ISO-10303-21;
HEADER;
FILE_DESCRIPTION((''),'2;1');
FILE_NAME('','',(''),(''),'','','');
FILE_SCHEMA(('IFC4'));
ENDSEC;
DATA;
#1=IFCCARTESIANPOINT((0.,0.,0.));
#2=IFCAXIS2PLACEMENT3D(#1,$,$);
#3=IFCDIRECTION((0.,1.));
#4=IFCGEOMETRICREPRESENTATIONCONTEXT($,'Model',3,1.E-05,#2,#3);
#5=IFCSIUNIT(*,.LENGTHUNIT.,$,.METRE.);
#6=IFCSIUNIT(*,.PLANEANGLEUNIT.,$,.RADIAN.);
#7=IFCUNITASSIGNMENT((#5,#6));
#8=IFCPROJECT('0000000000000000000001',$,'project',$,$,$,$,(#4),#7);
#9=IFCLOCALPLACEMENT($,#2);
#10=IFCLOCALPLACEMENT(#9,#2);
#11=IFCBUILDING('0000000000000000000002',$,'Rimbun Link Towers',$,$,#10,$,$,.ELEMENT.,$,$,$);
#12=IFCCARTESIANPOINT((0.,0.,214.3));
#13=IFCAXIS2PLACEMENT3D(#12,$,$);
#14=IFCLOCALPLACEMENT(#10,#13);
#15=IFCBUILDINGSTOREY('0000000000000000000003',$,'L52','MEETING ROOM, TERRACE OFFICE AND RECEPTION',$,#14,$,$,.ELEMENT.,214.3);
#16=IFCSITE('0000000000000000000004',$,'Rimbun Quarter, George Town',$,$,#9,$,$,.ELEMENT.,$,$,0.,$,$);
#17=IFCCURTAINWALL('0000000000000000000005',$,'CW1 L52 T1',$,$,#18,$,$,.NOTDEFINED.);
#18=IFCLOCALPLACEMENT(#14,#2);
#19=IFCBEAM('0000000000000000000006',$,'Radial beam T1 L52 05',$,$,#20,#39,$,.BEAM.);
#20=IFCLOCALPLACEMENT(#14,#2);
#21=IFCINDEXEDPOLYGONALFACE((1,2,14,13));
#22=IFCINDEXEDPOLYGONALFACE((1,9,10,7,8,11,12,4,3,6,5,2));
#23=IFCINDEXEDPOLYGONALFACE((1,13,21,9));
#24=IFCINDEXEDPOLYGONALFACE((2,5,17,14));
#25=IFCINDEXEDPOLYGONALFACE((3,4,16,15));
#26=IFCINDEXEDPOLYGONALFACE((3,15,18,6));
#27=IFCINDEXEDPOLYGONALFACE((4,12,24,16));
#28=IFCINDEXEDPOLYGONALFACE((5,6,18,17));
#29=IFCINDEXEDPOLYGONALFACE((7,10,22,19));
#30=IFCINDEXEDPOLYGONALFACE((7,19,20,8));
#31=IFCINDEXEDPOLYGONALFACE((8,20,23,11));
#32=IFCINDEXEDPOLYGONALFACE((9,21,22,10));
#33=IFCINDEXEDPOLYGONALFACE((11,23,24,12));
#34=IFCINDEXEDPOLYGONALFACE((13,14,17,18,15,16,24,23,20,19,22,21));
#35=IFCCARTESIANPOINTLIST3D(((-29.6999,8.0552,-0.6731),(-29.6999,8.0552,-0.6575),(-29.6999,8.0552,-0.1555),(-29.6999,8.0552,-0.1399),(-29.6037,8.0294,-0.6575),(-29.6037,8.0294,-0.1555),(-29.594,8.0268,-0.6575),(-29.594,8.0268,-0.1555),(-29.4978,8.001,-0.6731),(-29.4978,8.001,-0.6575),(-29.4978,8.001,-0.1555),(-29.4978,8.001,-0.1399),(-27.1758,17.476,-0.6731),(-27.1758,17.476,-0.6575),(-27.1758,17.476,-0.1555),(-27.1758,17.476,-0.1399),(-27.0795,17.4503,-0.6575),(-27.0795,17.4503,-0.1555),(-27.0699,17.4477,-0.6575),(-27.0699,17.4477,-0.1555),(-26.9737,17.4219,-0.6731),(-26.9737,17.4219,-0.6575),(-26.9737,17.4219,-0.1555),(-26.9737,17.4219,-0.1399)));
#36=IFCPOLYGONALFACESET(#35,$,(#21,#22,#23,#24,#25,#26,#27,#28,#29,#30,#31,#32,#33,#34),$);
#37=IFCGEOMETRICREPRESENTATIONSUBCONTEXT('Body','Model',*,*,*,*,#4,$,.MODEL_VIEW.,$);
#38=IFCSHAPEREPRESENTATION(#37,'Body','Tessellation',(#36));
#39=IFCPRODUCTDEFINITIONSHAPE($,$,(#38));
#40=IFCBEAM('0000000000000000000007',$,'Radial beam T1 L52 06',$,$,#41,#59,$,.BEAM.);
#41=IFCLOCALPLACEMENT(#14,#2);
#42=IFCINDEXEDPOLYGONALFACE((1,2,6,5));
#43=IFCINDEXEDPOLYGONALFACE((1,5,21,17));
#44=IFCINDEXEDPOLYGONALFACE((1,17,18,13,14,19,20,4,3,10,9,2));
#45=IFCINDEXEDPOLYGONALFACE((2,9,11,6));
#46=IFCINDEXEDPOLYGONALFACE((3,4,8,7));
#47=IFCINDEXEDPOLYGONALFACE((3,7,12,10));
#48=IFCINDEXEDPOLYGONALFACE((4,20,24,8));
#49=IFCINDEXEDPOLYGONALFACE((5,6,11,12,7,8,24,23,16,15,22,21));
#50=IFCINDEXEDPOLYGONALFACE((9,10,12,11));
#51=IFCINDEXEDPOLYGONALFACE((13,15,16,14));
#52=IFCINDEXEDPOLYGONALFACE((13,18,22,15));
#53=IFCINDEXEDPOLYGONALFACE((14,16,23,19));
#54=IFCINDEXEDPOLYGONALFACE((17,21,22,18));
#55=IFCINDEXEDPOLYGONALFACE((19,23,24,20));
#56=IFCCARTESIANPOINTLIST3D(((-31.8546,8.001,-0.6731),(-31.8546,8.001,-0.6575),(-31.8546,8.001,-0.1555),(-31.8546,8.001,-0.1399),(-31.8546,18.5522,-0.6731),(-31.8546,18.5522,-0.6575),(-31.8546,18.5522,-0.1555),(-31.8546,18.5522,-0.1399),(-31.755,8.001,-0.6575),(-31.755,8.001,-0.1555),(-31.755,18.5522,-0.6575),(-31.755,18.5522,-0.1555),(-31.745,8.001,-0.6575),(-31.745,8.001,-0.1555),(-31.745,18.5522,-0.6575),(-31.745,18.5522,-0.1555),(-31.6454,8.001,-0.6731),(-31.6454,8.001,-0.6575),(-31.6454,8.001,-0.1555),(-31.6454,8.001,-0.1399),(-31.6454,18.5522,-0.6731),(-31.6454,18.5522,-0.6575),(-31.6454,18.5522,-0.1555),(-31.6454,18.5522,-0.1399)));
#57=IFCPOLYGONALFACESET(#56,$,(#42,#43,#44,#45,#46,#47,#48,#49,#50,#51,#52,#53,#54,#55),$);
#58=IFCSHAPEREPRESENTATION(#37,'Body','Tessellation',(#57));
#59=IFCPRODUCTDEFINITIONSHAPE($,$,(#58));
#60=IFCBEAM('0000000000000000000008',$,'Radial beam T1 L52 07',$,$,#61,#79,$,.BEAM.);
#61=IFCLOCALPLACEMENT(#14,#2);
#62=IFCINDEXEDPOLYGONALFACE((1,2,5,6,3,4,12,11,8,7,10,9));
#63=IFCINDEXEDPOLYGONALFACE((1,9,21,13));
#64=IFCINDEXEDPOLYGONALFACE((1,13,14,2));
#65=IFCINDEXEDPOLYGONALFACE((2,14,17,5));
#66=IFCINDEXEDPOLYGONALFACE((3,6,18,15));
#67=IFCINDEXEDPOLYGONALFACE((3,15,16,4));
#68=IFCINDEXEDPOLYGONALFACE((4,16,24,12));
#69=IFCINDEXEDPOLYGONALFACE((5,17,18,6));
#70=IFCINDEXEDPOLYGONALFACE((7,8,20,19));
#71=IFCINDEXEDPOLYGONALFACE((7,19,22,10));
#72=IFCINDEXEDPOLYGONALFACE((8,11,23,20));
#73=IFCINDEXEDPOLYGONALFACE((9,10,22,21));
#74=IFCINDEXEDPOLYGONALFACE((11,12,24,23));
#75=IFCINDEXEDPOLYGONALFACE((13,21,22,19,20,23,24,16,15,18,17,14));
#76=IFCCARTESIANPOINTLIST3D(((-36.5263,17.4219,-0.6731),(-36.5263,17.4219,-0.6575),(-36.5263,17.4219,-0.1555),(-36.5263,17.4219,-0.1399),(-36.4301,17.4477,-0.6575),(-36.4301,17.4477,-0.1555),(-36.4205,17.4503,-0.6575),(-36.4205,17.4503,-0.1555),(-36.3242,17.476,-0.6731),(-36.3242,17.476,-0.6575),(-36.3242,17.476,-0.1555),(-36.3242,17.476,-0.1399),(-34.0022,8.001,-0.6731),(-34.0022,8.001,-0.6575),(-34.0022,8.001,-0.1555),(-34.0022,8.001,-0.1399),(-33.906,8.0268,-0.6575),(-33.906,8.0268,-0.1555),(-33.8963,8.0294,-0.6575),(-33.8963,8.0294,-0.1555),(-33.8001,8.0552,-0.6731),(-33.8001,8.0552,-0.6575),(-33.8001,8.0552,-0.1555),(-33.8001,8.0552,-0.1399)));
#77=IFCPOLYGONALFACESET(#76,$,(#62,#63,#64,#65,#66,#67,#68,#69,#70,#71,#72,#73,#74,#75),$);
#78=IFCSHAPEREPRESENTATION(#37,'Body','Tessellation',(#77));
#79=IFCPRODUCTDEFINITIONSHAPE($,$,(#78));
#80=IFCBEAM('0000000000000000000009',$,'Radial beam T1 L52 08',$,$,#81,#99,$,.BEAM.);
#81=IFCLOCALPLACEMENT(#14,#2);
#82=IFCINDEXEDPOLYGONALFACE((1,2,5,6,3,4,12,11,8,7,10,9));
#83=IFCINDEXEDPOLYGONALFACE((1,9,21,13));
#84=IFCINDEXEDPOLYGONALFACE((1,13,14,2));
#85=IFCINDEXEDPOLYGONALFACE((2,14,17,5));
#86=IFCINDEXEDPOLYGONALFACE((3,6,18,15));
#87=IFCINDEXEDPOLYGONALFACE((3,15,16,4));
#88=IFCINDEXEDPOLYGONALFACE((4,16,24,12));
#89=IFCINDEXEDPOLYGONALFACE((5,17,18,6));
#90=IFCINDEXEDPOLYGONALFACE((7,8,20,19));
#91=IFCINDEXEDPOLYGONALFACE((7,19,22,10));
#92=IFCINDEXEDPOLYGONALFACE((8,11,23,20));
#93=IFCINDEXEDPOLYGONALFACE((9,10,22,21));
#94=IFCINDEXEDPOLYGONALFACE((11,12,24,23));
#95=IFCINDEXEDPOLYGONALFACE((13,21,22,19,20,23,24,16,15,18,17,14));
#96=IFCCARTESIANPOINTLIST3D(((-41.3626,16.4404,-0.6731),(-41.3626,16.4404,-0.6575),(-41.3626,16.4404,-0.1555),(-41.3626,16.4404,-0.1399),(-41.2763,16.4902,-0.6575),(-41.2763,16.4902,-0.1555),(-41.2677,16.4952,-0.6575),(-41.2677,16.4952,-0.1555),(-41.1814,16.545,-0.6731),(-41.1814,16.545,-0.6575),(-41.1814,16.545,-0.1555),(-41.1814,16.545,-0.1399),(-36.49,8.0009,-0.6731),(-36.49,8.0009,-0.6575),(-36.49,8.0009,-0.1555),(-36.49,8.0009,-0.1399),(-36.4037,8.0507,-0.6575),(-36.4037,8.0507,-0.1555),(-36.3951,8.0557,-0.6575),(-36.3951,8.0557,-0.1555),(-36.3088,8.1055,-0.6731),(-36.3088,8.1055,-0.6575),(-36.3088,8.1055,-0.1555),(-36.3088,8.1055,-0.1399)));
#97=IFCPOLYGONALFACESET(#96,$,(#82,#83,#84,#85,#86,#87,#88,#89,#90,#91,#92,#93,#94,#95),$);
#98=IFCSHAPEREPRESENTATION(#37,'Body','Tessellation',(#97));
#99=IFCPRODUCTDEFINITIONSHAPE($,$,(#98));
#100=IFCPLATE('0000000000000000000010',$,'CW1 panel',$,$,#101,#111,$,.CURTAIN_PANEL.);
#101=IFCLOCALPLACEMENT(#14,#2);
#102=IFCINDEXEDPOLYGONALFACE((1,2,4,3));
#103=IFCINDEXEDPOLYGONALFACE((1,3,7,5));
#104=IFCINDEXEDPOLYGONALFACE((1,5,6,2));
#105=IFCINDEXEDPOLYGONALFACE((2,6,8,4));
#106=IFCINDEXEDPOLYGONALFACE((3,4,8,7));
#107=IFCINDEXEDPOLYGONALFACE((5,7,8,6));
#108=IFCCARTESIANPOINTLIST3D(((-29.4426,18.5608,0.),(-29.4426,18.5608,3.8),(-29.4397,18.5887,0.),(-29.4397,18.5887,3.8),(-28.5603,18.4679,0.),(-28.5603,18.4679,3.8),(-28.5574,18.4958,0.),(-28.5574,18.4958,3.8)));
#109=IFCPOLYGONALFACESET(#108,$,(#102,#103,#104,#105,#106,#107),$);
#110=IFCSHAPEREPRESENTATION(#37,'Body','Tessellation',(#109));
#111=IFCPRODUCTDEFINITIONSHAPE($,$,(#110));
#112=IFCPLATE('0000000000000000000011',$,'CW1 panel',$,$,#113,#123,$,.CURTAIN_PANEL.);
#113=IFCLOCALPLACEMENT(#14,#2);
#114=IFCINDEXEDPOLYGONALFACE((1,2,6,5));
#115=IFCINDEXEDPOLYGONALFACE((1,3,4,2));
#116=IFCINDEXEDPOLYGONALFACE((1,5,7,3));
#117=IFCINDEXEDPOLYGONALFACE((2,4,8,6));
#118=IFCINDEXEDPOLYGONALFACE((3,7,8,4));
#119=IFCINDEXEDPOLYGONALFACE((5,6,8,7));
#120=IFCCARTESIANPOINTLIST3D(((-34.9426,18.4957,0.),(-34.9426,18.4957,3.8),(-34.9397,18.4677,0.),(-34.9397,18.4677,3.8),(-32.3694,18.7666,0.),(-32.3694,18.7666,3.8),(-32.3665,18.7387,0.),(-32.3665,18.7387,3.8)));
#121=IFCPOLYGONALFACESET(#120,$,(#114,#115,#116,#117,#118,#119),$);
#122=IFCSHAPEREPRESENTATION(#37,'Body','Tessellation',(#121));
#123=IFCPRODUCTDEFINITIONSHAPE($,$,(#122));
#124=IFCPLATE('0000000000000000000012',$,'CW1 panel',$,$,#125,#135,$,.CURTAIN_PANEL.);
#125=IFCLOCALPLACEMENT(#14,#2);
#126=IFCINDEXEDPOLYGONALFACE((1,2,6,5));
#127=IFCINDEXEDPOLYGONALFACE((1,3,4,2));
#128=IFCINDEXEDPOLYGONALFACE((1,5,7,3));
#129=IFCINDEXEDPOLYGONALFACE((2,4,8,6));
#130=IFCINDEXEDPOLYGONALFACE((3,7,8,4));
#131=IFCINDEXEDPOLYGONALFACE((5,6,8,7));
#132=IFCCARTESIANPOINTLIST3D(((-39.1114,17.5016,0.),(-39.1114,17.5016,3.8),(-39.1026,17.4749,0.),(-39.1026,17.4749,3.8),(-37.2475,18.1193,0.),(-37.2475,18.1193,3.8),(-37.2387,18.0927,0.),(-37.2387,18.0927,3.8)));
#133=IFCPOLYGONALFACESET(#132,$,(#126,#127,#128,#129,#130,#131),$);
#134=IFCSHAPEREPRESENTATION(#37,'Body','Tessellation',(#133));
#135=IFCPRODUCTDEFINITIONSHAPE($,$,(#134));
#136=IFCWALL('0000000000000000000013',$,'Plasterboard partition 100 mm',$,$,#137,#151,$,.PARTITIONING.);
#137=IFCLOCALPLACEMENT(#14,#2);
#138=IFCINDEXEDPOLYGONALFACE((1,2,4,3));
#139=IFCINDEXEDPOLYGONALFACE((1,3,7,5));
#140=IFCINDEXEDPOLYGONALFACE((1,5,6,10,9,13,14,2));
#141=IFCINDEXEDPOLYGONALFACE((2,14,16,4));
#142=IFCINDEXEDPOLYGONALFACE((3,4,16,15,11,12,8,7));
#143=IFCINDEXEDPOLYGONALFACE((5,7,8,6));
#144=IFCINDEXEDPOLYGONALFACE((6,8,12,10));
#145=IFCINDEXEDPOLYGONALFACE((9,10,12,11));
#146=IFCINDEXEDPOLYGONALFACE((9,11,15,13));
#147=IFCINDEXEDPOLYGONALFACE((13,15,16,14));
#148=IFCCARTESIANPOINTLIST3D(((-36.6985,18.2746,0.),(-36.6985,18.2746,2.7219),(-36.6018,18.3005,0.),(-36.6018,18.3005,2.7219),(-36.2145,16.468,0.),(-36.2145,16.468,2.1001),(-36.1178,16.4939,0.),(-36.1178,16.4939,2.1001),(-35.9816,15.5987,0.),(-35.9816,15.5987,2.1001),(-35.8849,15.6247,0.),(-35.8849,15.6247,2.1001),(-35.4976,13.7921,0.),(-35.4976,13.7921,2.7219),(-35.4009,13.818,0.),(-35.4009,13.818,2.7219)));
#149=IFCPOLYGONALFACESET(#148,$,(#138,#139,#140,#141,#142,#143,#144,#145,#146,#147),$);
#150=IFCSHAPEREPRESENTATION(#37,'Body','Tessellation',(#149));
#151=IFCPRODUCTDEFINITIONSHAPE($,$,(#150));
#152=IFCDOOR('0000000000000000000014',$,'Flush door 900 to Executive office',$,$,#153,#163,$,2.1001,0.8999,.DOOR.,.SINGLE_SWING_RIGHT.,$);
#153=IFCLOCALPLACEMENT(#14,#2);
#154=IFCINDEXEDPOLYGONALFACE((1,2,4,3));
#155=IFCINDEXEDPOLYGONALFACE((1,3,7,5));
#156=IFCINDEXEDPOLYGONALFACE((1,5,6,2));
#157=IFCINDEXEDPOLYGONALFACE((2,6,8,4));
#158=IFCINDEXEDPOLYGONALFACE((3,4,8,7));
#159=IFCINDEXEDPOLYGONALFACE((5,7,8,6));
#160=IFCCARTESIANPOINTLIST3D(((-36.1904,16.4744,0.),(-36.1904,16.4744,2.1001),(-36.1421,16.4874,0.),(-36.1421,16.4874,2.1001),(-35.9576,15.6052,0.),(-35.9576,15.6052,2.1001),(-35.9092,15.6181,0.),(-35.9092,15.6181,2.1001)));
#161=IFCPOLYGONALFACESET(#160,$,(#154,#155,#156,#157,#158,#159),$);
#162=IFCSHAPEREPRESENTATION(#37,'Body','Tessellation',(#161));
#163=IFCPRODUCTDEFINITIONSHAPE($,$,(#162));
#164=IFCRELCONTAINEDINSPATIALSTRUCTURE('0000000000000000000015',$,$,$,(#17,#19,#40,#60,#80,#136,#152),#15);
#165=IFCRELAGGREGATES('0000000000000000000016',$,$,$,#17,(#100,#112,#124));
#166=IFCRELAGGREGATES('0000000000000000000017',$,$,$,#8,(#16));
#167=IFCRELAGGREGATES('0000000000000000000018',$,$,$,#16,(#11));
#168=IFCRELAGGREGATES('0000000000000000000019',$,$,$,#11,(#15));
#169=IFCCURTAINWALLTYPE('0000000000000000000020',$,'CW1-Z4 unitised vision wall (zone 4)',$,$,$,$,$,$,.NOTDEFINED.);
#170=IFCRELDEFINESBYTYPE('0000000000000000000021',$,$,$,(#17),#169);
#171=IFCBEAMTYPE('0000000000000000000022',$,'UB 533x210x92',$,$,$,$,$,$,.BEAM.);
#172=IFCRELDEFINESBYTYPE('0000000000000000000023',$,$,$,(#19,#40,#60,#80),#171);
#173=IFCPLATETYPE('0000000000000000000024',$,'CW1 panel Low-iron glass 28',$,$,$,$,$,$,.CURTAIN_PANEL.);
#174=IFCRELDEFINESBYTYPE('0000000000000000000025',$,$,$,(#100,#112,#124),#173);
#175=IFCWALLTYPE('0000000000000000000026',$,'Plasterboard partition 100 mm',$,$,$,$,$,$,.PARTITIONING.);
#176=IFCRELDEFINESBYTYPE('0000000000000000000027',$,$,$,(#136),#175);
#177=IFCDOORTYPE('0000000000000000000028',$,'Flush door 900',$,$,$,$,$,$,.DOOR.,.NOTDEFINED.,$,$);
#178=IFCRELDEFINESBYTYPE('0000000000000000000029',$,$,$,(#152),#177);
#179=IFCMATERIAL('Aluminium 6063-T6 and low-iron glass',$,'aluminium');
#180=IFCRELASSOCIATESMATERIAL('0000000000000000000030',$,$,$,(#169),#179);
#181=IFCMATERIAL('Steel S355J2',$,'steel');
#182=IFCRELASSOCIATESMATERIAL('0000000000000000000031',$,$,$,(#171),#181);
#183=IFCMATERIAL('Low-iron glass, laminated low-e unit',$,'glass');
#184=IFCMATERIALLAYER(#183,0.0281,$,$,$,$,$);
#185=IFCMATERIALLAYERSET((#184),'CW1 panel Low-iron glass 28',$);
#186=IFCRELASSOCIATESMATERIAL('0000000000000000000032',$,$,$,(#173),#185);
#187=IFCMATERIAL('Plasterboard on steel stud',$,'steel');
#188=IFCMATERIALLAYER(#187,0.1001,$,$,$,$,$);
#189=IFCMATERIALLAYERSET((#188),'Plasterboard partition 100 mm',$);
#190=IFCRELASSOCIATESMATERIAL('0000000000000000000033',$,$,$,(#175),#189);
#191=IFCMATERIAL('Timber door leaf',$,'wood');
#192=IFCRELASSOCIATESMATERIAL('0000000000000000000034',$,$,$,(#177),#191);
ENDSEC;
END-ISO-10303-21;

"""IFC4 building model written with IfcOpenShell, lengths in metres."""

from ifc_helpers import new_model, si_unit, direction, frame, frame_2d, origin, origin_2d, place, context, subcontext, project, spatial, rectangle, i_section, extrude, material, layer, layer_set, material_profile, profile_set, type_object, element, fill, aggregate, save


model = new_model("IFC4")

# Units and contexts
model_context = context("Model", 3, precision=1e-05, world=origin(), true_north=direction((0.0, 1.0)))
body_context = subcontext(model_context, "Body", "Model", "MODEL_VIEW")
ifc_project = project(units=[si_unit("LENGTHUNIT", "METRE"), si_unit("PLANEANGLEUNIT", "RADIAN")], contexts=[model_context])

# Site, building, storey
site_placement = place(None, origin())
site = spatial("IfcSite", under=ifc_project, at=site_placement, Name="Rimbun Quarter, George Town", CompositionType="ELEMENT", RefElevation=0.0)
building_placement = place(site_placement, origin())
building = spatial("IfcBuilding", under=site, at=building_placement, Name="Rimbun Link Towers", CompositionType="ELEMENT")
storey_placement = place(building_placement, frame((0.0, 0.0, 214.3)))
storey = spatial("IfcBuildingStorey", under=building, at=storey_placement, Name="L52", Description="MEETING ROOM, TERRACE OFFICE AND RECEPTION", CompositionType="ELEMENT", Elevation=214.3)

# Curtain wall
ifc_material_1 = material(Name="Aluminium 6063-T6 and low-iron glass", Category="aluminium")
curtain_wall_type = type_object("IfcCurtainWallType", Name="CW1-Z4 unitised vision wall (zone 4)", PredefinedType="NOTDEFINED", material=ifc_material_1)
curtain_wall_placement = place(storey_placement, origin())
curtain_wall = element("IfcCurtainWall", 1, at=curtain_wall_placement, inside=storey, type_object=curtain_wall_type, Name="CW1 L52 T1", PredefinedType="NOTDEFINED")

# Beams
ifc_material_2 = material(Name="Steel S355J2", Category="steel")
ifc_material_profile_1 = material_profile(ifc_material_2, i_section(OverallWidth=0.2092, OverallDepth=0.5332, WebThickness=0.01, FlangeThickness=0.0156, at=origin_2d()), Name="UB 533x210x92")
ifc_profile_set_1 = profile_set([ifc_material_profile_1], Name="Steel S355J2")
beam_type_1 = type_object("IfcBeamType", Name="UB 533x210x92", PredefinedType="BEAM", material=ifc_profile_set_1)
beam_1_placement = place(storey_placement, frame((-29.5989, 8.0281, -0.4065), z_axis=(0.258804, 0.96593, 0.0), x_axis=(-0.96593, 0.258804, 0.0)))
element("IfcBeam", 2, at=beam_1_placement, inside=storey, type_object=beam_type_1, Name="Radial beam T1 L52 05", PredefinedType="BEAM", context=body_context, shape_type="SweptSolid", body=[
    extrude(i_section(OverallWidth=0.2092, OverallDepth=0.5332, WebThickness=0.01, FlangeThickness=0.0156, at=origin_2d()), origin(), (0.0, 0.0, 1.0), 9.7532),
])
beam_2_placement = place(storey_placement, frame((-31.75, 8.001, -0.4065), z_axis=(0.0, 1.0, 0.0), x_axis=(-1.0, 0.0, 0.0)))
element("IfcBeam", 3, at=beam_2_placement, inside=storey, type_object=beam_type_1, Name="Radial beam T1 L52 06", PredefinedType="BEAM", context=body_context, shape_type="SweptSolid", body=[
    extrude(i_section(OverallWidth=0.2092, OverallDepth=0.5332, WebThickness=0.01, FlangeThickness=0.0156, at=origin_2d()), origin(), (0.0, 0.0, 1.0), 10.5513),
])
beam_3_placement = place(storey_placement, frame((-33.9011, 8.0281, -0.4065), z_axis=(-0.258804, 0.96593, 0.0), x_axis=(-0.96593, -0.258804, 0.0)))
element("IfcBeam", 4, at=beam_3_placement, inside=storey, type_object=beam_type_1, Name="Radial beam T1 L52 07", PredefinedType="BEAM", context=body_context, shape_type="SweptSolid", body=[
    extrude(i_section(OverallWidth=0.2092, OverallDepth=0.5332, WebThickness=0.01, FlangeThickness=0.0156, at=origin_2d()), origin(), (0.0, 0.0, 1.0), 9.7532),
])
beam_4_placement = place(storey_placement, frame((-36.3994, 8.0532, -0.4065), z_axis=(-0.500003, 0.866024, 0.0), x_axis=(-0.866024, -0.500003, 0.0)))
element("IfcBeam", 5, at=beam_4_placement, inside=storey, type_object=beam_type_1, Name="Radial beam T1 L52 08", PredefinedType="BEAM", context=body_context, shape_type="SweptSolid", body=[
    extrude(i_section(OverallWidth=0.2092, OverallDepth=0.5332, WebThickness=0.01, FlangeThickness=0.0156, at=origin_2d()), origin(), (0.0, 0.0, 1.0), 9.7451),
])

# Plates
ifc_material_3 = material(Name="Low-iron glass, laminated low-e unit", Category="glass")
ifc_layer_1 = layer(ifc_material_3, 0.0281)
ifc_layer_set_1 = layer_set([ifc_layer_1], Name="CW1 panel Low-iron glass 28")
plate_type = type_object("IfcPlateType", Name="CW1 panel Low-iron glass 28", PredefinedType="CURTAIN_PANEL", material=ifc_layer_set_1)
plate_1_placement = place(storey_placement, frame((-29.0, 18.5283, 0.0), z_axis=(0.0, 0.0, 1.0), x_axis=(0.994501, -0.104723, 0.0)))
plate_1 = element("IfcPlate", 6, at=plate_1_placement, type_object=plate_type, Name="CW1 panel", PredefinedType="CURTAIN_PANEL", context=body_context, shape_type="SweptSolid", body=[
    extrude(rectangle(XDim=0.8872, YDim=0.0281, at=origin_2d()), origin(), (0.0, 0.0, 1.0), 3.8),
])
plate_2_placement = place(storey_placement, frame((-33.6545, 18.6172, 0.0), z_axis=(0.0, 0.0, 1.0), x_axis=(0.994501, 0.104723, 0.0)))
plate_2 = element("IfcPlate", 7, at=plate_2_placement, type_object=plate_type, Name="CW1 panel", PredefinedType="CURTAIN_PANEL", context=body_context, shape_type="SweptSolid", body=[
    extrude(rectangle(XDim=2.5874, YDim=0.0281, at=origin_2d()), origin(), (0.0, 0.0, 1.0), 3.8),
])
plate_3_placement = place(storey_placement, frame((-38.175, 17.7971, 0.0), z_axis=(0.0, 0.0, 1.0), x_axis=(0.949231, 0.314578, 0.0)))
plate_3 = element("IfcPlate", 8, at=plate_3_placement, type_object=plate_type, Name="CW1 panel", PredefinedType="CURTAIN_PANEL", context=body_context, shape_type="SweptSolid", body=[
    extrude(rectangle(XDim=1.9636, YDim=0.0281, at=origin_2d()), origin(), (0.0, 0.0, 1.0), 3.8),
])
aggregate(curtain_wall, [plate_1, plate_2, plate_3])

# Wall, opening, door
ifc_material_4 = material(Name="Plasterboard on steel stud", Category="steel")
ifc_layer_2 = layer(ifc_material_4, 0.1001)
ifc_layer_set_2 = layer_set([ifc_layer_2], Name="Plasterboard partition 100 mm")
wall_type_1 = type_object("IfcWallType", Name="Plasterboard partition 100 mm", PredefinedType="PARTITIONING", material=ifc_layer_set_2)
wall_1_placement = place(storey_placement, frame((-36.6501, 18.2876, 0.0), z_axis=(0.0, 0.0, 1.0), x_axis=(0.258779, -0.965937, 0.0)))
wall_1 = element("IfcWall", 9, at=wall_1_placement, inside=storey, type_object=wall_type_1, Name="Plasterboard partition 100 mm", PredefinedType="PARTITIONING", context=body_context, shape_type="SweptSolid", body=[
    extrude(rectangle(XDim=4.6406, YDim=0.1001, at=frame_2d((2.3203, 0.0))), origin(), (0.0, 0.0, 1.0), 2.7219),
])
opening_1_placement = place(wall_1_placement, frame((1.8704, 0.0, 0.0)))
opening_1 = element("IfcOpeningElement", 10, at=opening_1_placement, cuts=wall_1, PredefinedType="OPENING", context=body_context, shape_type="SweptSolid", body=[
    extrude(rectangle(XDim=0.8999, YDim=2.1001, at=frame_2d((0.45, 1.05))), frame((0.0, 0.0601, 0.0), z_axis=(0.0, -1.0, 0.0), x_axis=(1.0, 0.0, 0.0)), (0.0, 0.0, 1.0), 0.1201),
])
ifc_material_5 = material(Name="Timber door leaf", Category="wood")
door_type_1 = type_object("IfcDoorType", Name="Flush door 900", OperationType="NOTDEFINED", PredefinedType="DOOR", material=ifc_material_5)
door_1_placement = place(opening_1_placement, origin())
door_1 = element("IfcDoor", 11, at=door_1_placement, inside=storey, type_object=door_type_1, Name="Flush door 900 to Executive office", OperationType="SINGLE_SWING_RIGHT", OverallHeight=2.1001, OverallWidth=0.8999, PredefinedType="DOOR", context=body_context, shape_type="SweptSolid", body=[
    extrude(rectangle(XDim=0.8999, YDim=2.1001, at=frame_2d((0.45, 1.05))), frame((0.0, 0.0249, 0.0), z_axis=(0.0, -1.0, 0.0), x_axis=(1.0, 0.0, 0.0)), (0.0, 0.0, 1.0), 0.05),
])
fill(opening_1, door_1)

save(model, "model.ifc")
